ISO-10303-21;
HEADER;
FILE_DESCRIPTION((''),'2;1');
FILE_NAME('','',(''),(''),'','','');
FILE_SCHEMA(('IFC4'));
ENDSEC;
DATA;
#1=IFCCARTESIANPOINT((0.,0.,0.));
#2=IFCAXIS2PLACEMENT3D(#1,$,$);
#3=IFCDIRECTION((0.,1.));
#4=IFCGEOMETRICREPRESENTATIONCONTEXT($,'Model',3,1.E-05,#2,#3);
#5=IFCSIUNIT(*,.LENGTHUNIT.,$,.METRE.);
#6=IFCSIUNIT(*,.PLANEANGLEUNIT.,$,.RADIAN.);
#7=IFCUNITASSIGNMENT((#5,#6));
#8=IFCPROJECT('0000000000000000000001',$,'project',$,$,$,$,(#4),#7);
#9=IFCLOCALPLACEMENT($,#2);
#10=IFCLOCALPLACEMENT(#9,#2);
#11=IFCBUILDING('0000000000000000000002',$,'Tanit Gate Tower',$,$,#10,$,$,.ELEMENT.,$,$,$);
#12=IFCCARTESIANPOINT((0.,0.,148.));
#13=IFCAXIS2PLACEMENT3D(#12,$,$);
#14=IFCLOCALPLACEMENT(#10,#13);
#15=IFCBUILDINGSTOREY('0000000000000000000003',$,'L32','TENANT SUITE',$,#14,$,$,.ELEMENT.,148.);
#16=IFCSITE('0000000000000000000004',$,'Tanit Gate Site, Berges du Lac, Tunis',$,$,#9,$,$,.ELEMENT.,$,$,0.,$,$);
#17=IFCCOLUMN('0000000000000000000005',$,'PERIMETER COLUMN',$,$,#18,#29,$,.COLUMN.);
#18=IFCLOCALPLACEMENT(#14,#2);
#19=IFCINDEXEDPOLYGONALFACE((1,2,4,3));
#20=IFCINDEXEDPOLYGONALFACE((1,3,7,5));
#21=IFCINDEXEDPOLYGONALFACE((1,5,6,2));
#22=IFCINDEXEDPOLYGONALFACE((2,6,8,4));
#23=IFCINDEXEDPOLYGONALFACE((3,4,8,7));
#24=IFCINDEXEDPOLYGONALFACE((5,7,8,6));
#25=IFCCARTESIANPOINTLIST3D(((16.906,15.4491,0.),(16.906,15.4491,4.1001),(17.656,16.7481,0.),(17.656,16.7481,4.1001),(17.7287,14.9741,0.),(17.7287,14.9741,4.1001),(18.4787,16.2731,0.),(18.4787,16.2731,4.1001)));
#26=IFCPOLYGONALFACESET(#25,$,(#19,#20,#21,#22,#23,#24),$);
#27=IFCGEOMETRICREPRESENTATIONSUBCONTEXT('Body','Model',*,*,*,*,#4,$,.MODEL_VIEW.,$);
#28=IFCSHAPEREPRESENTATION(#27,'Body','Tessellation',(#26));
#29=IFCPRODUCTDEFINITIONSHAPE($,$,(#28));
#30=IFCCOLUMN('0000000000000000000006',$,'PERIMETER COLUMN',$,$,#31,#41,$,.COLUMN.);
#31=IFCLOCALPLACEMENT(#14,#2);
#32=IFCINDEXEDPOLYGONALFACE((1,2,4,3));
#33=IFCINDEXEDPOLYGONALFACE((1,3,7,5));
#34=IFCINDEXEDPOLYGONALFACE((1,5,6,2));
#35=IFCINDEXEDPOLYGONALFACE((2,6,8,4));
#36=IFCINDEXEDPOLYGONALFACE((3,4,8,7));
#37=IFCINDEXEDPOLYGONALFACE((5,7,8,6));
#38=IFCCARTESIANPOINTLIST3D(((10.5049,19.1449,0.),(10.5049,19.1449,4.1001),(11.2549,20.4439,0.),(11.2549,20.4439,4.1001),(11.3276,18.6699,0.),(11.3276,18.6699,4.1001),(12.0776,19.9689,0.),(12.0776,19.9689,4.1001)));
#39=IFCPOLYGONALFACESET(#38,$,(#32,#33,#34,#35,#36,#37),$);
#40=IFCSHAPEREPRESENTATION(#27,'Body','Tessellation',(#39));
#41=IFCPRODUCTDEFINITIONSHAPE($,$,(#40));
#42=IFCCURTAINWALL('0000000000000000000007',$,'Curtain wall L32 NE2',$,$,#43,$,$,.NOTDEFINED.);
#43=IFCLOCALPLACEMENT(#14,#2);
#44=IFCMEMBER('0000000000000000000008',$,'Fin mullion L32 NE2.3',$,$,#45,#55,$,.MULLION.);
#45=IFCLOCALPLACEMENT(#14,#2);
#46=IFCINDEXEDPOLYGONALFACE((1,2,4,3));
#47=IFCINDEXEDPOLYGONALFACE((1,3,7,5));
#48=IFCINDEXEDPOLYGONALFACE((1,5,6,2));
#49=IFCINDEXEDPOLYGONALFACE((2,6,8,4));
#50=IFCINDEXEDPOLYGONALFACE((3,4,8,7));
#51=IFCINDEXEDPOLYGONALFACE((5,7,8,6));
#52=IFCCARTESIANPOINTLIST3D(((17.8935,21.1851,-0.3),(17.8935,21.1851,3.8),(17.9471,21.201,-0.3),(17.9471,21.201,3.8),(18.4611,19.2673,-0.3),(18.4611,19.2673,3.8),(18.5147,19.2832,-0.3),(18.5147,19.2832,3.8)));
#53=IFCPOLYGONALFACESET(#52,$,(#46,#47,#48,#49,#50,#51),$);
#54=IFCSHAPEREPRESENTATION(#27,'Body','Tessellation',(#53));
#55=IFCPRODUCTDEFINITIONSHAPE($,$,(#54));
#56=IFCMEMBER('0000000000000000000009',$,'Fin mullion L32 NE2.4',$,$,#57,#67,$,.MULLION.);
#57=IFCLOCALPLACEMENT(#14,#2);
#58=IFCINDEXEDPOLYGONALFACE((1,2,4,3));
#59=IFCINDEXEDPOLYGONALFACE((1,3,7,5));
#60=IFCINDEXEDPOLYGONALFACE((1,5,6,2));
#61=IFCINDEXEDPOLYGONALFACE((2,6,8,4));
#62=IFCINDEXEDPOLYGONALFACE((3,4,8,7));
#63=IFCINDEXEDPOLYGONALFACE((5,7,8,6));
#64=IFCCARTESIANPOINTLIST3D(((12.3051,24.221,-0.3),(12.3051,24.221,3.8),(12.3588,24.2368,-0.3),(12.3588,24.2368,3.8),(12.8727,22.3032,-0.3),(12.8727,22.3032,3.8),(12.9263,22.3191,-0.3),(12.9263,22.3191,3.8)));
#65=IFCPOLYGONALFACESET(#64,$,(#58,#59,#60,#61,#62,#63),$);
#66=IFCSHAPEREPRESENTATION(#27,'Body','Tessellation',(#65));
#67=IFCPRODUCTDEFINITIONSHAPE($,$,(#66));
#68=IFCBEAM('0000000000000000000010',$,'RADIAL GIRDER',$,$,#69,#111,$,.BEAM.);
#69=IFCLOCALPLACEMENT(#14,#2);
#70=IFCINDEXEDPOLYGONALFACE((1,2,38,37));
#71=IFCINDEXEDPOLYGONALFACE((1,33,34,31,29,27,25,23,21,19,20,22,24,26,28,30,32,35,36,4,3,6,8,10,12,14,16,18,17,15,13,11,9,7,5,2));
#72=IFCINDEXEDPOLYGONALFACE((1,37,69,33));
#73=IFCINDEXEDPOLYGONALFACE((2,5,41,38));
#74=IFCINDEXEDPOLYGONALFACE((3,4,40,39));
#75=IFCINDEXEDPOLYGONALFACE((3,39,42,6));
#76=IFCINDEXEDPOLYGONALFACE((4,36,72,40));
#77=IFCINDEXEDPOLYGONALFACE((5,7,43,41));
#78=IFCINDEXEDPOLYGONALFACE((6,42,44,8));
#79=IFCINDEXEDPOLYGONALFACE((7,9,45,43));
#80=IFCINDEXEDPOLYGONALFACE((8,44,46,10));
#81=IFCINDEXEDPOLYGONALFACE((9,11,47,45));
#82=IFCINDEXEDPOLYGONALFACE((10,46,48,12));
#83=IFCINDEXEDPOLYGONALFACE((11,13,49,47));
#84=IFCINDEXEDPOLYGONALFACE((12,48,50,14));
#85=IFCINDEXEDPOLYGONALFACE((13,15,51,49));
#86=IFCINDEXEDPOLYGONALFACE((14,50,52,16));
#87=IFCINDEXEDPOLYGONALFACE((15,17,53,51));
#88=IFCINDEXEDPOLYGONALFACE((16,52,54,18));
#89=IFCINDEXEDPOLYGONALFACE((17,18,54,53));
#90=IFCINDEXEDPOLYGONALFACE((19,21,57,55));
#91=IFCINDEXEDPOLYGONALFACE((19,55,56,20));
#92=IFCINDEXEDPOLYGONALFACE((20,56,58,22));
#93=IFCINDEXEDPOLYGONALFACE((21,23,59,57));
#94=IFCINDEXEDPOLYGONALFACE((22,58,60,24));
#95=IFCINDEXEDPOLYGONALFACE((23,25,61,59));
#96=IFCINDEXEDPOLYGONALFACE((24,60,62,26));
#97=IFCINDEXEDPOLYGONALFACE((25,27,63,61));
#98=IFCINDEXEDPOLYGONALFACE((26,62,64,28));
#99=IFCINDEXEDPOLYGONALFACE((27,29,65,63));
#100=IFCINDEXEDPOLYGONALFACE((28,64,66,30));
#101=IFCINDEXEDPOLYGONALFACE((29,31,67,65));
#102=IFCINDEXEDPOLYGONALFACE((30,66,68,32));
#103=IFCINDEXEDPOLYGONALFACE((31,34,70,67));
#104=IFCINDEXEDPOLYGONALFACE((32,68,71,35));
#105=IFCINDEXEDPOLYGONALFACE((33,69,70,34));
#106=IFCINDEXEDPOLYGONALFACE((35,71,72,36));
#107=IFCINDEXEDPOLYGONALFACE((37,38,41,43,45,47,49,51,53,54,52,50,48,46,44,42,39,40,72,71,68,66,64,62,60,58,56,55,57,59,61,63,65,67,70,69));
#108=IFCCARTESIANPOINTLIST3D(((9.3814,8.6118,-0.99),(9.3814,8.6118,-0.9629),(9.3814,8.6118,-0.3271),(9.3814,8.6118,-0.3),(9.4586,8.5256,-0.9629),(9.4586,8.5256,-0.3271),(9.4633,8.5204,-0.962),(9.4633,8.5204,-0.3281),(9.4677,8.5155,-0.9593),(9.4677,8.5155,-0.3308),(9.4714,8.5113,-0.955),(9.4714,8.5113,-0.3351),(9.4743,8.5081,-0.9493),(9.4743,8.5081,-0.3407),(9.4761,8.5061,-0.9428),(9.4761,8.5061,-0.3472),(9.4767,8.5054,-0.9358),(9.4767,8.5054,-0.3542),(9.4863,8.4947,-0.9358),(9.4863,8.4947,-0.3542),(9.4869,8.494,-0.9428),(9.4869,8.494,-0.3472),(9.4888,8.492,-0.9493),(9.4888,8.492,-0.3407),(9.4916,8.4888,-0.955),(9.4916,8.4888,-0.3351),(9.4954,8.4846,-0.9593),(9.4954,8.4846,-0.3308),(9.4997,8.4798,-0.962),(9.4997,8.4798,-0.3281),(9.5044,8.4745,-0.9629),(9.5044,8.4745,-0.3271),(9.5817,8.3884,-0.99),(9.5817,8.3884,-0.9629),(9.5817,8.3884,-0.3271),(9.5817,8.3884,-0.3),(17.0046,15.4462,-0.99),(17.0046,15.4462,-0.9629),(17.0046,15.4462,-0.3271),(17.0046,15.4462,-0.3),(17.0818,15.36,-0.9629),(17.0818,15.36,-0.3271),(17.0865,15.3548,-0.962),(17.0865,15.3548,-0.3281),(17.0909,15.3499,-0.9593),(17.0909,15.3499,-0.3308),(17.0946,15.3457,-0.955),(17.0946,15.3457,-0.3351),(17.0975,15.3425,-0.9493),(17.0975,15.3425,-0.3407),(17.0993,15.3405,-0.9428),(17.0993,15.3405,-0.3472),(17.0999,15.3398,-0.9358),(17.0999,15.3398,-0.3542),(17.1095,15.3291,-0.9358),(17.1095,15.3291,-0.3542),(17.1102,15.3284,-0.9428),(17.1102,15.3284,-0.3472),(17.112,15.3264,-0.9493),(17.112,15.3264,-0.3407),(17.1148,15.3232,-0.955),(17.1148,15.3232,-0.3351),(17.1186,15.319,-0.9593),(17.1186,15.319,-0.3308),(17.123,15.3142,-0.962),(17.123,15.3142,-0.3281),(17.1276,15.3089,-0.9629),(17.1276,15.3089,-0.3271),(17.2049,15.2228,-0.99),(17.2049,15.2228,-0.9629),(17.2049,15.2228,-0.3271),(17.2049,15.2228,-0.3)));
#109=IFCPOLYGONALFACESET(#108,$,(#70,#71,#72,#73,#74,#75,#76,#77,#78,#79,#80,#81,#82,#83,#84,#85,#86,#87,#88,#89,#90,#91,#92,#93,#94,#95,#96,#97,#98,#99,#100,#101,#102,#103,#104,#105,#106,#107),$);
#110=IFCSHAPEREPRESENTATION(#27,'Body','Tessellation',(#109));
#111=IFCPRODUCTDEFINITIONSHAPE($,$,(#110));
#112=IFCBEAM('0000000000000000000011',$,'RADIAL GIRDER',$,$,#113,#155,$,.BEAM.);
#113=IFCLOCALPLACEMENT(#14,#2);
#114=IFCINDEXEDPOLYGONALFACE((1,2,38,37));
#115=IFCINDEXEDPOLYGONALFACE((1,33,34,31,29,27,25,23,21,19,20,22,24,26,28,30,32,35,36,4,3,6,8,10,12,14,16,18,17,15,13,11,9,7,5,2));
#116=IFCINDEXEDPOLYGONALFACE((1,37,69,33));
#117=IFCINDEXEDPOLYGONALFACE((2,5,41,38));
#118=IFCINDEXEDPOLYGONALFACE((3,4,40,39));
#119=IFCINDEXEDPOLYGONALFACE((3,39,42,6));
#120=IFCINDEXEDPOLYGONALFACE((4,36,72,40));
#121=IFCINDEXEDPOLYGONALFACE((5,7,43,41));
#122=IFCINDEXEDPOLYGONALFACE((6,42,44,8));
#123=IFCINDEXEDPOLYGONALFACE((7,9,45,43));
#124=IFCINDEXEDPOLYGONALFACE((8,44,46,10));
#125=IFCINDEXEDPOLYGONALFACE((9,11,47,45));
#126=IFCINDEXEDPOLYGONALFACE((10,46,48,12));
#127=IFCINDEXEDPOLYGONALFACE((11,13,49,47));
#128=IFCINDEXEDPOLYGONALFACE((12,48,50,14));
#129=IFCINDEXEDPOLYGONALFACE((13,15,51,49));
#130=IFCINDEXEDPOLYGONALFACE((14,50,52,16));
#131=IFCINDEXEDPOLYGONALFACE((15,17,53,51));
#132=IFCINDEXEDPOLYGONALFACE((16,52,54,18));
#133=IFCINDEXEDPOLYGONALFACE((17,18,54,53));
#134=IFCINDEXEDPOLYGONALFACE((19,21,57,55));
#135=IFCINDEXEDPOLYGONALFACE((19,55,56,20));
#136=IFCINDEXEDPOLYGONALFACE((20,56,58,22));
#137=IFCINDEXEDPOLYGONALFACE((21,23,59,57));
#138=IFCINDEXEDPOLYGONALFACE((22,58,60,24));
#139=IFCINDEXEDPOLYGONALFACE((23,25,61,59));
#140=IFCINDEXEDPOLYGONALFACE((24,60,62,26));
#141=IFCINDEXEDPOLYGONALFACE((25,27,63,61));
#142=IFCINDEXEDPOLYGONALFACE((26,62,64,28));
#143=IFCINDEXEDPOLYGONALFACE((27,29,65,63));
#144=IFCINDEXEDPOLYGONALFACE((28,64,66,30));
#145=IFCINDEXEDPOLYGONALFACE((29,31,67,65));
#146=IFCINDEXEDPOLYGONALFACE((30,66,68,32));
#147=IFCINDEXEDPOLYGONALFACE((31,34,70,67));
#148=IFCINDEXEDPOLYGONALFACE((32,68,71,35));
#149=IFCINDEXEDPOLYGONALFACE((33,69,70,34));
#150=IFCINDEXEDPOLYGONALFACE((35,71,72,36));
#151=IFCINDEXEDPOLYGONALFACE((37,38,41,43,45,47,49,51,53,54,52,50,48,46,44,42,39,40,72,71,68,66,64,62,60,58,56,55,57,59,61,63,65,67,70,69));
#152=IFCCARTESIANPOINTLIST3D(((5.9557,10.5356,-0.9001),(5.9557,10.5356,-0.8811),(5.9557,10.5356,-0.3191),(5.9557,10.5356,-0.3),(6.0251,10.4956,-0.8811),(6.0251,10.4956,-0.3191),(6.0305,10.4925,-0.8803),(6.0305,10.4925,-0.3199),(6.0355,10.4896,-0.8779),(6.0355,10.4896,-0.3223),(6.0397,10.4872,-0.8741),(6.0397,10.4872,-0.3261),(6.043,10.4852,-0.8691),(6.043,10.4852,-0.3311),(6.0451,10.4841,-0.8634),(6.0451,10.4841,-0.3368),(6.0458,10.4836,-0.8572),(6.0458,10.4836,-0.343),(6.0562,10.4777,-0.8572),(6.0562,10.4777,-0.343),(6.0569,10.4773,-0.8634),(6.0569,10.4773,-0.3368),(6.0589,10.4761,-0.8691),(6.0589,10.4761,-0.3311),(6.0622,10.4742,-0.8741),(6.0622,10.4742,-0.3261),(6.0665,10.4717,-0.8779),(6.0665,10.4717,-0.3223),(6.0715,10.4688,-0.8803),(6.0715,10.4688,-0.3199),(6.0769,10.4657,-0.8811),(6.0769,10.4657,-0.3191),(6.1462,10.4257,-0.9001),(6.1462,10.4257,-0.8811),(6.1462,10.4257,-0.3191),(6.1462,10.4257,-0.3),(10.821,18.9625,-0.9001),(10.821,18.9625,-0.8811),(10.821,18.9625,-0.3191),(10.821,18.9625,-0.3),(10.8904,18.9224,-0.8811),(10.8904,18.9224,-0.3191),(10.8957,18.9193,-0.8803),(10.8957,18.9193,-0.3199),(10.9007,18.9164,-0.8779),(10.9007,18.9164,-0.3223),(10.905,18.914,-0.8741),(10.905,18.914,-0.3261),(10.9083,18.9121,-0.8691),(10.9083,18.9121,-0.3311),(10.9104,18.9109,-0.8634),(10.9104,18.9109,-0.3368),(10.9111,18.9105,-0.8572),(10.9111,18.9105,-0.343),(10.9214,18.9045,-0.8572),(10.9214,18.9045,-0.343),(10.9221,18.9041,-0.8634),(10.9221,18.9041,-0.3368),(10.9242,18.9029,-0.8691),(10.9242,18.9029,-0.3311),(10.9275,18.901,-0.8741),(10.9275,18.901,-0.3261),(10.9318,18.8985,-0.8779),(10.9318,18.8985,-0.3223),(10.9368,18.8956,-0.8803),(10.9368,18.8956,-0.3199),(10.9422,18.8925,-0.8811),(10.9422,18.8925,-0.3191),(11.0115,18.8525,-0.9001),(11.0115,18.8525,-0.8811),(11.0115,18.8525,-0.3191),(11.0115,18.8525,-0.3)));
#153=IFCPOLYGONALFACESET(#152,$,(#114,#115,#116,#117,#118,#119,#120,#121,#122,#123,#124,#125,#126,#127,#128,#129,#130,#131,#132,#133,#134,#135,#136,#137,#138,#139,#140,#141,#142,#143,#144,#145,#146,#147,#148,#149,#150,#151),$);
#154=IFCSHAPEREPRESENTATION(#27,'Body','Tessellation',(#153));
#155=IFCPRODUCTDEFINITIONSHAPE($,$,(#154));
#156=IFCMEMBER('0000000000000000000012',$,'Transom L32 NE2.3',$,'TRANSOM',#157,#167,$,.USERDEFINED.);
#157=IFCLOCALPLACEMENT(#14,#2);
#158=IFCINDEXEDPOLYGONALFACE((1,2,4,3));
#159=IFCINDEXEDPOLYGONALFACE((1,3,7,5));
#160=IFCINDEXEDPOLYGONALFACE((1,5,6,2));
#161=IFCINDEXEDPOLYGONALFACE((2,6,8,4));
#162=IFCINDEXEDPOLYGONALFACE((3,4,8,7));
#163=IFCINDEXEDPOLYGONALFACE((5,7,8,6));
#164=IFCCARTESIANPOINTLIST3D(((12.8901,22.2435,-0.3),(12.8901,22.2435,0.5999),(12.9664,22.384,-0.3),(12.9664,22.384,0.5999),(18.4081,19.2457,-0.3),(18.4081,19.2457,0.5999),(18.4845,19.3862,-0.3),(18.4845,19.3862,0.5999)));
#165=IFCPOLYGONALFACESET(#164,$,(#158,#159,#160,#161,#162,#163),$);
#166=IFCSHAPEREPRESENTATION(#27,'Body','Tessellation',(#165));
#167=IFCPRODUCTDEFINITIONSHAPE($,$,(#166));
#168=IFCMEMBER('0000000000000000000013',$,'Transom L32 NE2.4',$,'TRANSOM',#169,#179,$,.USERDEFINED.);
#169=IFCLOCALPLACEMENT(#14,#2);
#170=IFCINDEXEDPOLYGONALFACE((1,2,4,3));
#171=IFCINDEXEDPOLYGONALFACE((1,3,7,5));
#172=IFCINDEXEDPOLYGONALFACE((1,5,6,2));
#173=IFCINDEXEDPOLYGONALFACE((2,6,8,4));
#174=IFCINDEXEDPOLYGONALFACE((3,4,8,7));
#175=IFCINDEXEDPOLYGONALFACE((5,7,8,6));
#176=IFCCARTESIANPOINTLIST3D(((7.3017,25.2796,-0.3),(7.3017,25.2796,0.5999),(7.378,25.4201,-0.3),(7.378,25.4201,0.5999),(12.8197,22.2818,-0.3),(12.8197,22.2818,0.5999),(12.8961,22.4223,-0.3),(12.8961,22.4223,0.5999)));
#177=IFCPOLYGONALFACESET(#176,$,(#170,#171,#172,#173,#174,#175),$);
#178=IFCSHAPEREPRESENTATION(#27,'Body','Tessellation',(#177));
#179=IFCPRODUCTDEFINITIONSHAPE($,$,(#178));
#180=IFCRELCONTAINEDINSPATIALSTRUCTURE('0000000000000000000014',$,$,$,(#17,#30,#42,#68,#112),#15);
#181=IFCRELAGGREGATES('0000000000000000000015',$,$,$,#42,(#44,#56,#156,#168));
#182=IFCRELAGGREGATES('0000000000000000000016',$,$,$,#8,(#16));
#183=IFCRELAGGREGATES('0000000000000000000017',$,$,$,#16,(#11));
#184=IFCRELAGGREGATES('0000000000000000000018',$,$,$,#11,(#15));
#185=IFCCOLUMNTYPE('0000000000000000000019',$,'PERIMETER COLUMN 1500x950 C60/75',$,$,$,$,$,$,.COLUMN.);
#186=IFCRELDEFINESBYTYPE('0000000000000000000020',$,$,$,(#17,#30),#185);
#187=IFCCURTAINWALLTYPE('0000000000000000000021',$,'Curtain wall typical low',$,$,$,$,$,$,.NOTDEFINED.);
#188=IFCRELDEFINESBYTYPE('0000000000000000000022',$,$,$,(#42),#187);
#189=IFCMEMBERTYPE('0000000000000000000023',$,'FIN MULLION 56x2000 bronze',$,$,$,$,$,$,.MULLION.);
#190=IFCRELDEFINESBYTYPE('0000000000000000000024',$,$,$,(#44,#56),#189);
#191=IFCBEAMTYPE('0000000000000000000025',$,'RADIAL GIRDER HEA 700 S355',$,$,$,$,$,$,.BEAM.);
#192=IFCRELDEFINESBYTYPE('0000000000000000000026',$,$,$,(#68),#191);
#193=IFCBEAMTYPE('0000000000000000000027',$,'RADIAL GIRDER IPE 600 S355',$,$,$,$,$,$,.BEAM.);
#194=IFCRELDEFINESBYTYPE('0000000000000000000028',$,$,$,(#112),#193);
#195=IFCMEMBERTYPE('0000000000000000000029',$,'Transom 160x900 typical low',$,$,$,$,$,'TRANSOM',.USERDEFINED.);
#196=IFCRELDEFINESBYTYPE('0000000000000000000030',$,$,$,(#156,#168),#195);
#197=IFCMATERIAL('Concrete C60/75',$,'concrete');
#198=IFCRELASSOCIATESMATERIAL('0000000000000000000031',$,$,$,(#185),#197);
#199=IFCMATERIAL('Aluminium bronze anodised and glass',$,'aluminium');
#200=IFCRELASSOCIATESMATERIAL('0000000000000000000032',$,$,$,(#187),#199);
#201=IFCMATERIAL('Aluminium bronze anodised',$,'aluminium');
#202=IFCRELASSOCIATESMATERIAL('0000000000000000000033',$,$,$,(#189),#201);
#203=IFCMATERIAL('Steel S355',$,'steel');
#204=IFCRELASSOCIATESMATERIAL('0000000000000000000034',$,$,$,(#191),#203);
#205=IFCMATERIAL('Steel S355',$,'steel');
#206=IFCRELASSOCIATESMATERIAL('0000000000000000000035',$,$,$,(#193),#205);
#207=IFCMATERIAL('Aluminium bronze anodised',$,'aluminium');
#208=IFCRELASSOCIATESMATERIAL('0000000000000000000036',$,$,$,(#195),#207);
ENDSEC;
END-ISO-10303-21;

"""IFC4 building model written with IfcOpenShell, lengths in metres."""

from ifc_helpers import new_model, si_unit, direction, frame, origin, origin_2d, place, context, subcontext, project, spatial, rectangle, i_section, extrude, material, material_profile, profile_set, type_object, element, aggregate, save


model = new_model("IFC4")

# Units and contexts
model_context = context("Model", 3, precision=1e-05, world=origin(), true_north=direction((0.0, 1.0)))
body_context = subcontext(model_context, "Body", "Model", "MODEL_VIEW")
ifc_project = project(units=[si_unit("LENGTHUNIT", "METRE"), si_unit("PLANEANGLEUNIT", "RADIAN")], contexts=[model_context])

# Site, building, storey
site_placement = place(None, origin())
site = spatial("IfcSite", under=ifc_project, at=site_placement, Name="Tanit Gate Site, Berges du Lac, Tunis", CompositionType="ELEMENT", RefElevation=0.0)
building_placement = place(site_placement, origin())
building = spatial("IfcBuilding", under=site, at=building_placement, Name="Tanit Gate Tower", CompositionType="ELEMENT")
storey_placement = place(building_placement, frame((0.0, 0.0, 148.0)))
storey = spatial("IfcBuildingStorey", under=building, at=storey_placement, Name="L32", Description="TENANT SUITE", CompositionType="ELEMENT", Elevation=148.0)

# Columns
ifc_material_1 = material(Name="Concrete C60/75", Category="concrete")
ifc_material_profile_1 = material_profile(ifc_material_1, rectangle(XDim=1.5, YDim=0.95, at=origin_2d()), Name="RC 1500x950")
ifc_profile_set_1 = profile_set([ifc_material_profile_1], Name="Concrete C60/75")
column_type = type_object("IfcColumnType", Name="PERIMETER COLUMN 1500x950 C60/75", PredefinedType="COLUMN", material=ifc_profile_set_1)
for number, where, z_axis, x_axis, name in (
    (1, (17.6924, 15.8611, 0.0), (0.0, 0.0, 1.0), (0.5, 0.866025, 0.0), "PERIMETER COLUMN"),
    (2, (11.2913, 19.5569, 0.0), (0.0, 0.0, 1.0), (0.5, 0.866025, 0.0), "PERIMETER COLUMN"),
):
    element("IfcColumn", number, at=place(storey_placement, frame(where, z_axis=z_axis, x_axis=x_axis)), inside=storey, type_object=column_type, Name=name, PredefinedType="COLUMN", context=body_context, shape_type="SweptSolid", body=[
        extrude(rectangle(XDim=1.5, YDim=0.95, at=origin_2d()), origin(), (0.0, 0.0, 1.0), 4.1001),
    ])

# Curtain wall, members
ifc_material_2 = material(Name="Aluminium bronze anodised and glass", Category="aluminium")
curtain_wall_type = type_object("IfcCurtainWallType", Name="Curtain wall typical low", PredefinedType="NOTDEFINED", material=ifc_material_2)
curtain_wall_placement = place(storey_placement, origin())
curtain_wall = element("IfcCurtainWall", 3, at=curtain_wall_placement, inside=storey, type_object=curtain_wall_type, Name="Curtain wall L32 NE2", PredefinedType="NOTDEFINED")
ifc_material_3 = material(Name="Aluminium bronze anodised", Category="aluminium")
ifc_material_profile_2 = material_profile(ifc_material_3, rectangle(XDim=2.0, YDim=0.0559, at=origin_2d()), Name="56x2000 bronze fin mullion")
ifc_profile_set_2 = profile_set([ifc_material_profile_2], Name="Aluminium bronze anodised")
member_type_1 = type_object("IfcMemberType", Name="FIN MULLION 56x2000 bronze", PredefinedType="MULLION", material=ifc_profile_set_2)
member_1_placement = place(storey_placement, frame((18.2041, 20.2341, -0.3), z_axis=(0.0, 0.0, 1.0), x_axis=(0.283773, -0.958892, 0.0)))
member_1 = element("IfcMember", 4, at=member_1_placement, type_object=member_type_1, Name="Fin mullion L32 NE2.3", PredefinedType="MULLION", context=body_context, shape_type="SweptSolid", body=[
    extrude(rectangle(XDim=2.0, YDim=0.0559, at=origin_2d()), origin(), (0.0, 0.0, 1.0), 4.1001),
])
member_2_placement = place(storey_placement, frame((12.6157, 23.27, -0.3), z_axis=(0.0, 0.0, 1.0), x_axis=(0.283773, -0.958892, 0.0)))
member_2 = element("IfcMember", 5, at=member_2_placement, type_object=member_type_1, Name="Fin mullion L32 NE2.4", PredefinedType="MULLION", context=body_context, shape_type="SweptSolid", body=[
    extrude(rectangle(XDim=2.0, YDim=0.0559, at=origin_2d()), origin(), (0.0, 0.0, 1.0), 4.1001),
])

# Beams
ifc_material_4 = material(Name="Steel S355", Category="steel")
ifc_material_profile_3 = material_profile(ifc_material_4, i_section(OverallWidth=0.3, OverallDepth=0.6899, WebThickness=0.0144, FlangeThickness=0.0271, FilletRadius=0.0271, at=origin_2d()), Name="HEA 700")
ifc_profile_set_3 = profile_set([ifc_material_profile_3], Name="Steel S355")
beam_type_1 = type_object("IfcBeamType", Name="RADIAL GIRDER HEA 700 S355", PredefinedType="BEAM", material=ifc_profile_set_3)
beam_1_placement = place(storey_placement, frame((17.1047, 15.3345, -0.645), z_axis=(-0.744579, -0.667534, 0.0), x_axis=(0.667534, -0.744579, 0.0)))
element("IfcBeam", 6, at=beam_1_placement, inside=storey, type_object=beam_type_1, Name="RADIAL GIRDER", PredefinedType="BEAM", context=body_context, shape_type="SweptSolid", body=[
    extrude(i_section(OverallWidth=0.3, OverallDepth=0.6899, WebThickness=0.0144, FlangeThickness=0.0271, FilletRadius=0.0271, at=origin_2d()), origin(), (0.0, 0.0, 1.0), 10.2383),
])
ifc_material_5 = material(Name="Steel S355", Category="steel")
ifc_material_profile_4 = material_profile(ifc_material_5, i_section(OverallWidth=0.22, OverallDepth=0.6001, WebThickness=0.012, FlangeThickness=0.019, FilletRadius=0.0239, at=origin_2d()), Name="IPE 600")
ifc_profile_set_4 = profile_set([ifc_material_profile_4], Name="Steel S355")
beam_type_2 = type_object("IfcBeamType", Name="RADIAL GIRDER IPE 600 S355", PredefinedType="BEAM", material=ifc_profile_set_4)
beam_2_placement = place(storey_placement, frame((10.9163, 18.9075, -0.6001), z_axis=(-0.500003, -0.866023, 0.0), x_axis=(0.866023, -0.500003, 0.0)))
element("IfcBeam", 7, at=beam_2_placement, inside=storey, type_object=beam_type_2, Name="RADIAL GIRDER", PredefinedType="BEAM", context=body_context, shape_type="SweptSolid", body=[
    extrude(i_section(OverallWidth=0.22, OverallDepth=0.6001, WebThickness=0.012, FlangeThickness=0.019, FilletRadius=0.0239, at=origin_2d()), origin(), (0.0, 0.0, 1.0), 9.7305),
])

# Members
ifc_material_6 = material(Name="Aluminium bronze anodised", Category="aluminium")
ifc_material_profile_5 = material_profile(ifc_material_6, rectangle(XDim=0.1599, YDim=0.8999, at=origin_2d()), Name="160x900 bronze transom")
ifc_profile_set_5 = profile_set([ifc_material_profile_5], Name="Aluminium bronze anodised")
member_type_2 = type_object("IfcMemberType", Name="Transom 160x900 typical low", ElementType="TRANSOM", PredefinedType="USERDEFINED", material=ifc_profile_set_5)
member_3_placement = place(storey_placement, frame((18.4463, 19.3159, 0.1499), z_axis=(-0.878701, 0.477372, 0.0), x_axis=(-0.477372, -0.878701, 0.0)))
member_3 = element("IfcMember", 8, at=member_3_placement, type_object=member_type_2, Name="Transom L32 NE2.3", ObjectType="TRANSOM", PredefinedType="USERDEFINED", context=body_context, shape_type="SweptSolid", body=[
    extrude(rectangle(XDim=0.1599, YDim=0.8999, at=origin_2d()), origin(), (0.0, 0.0, 1.0), 6.2798),
])
member_4_placement = place(storey_placement, frame((12.8579, 22.3521, 0.1499), z_axis=(-0.878701, 0.477372, 0.0), x_axis=(-0.477372, -0.878701, 0.0)))
member_4 = element("IfcMember", 9, at=member_4_placement, type_object=member_type_2, Name="Transom L32 NE2.4", ObjectType="TRANSOM", PredefinedType="USERDEFINED", context=body_context, shape_type="SweptSolid", body=[
    extrude(rectangle(XDim=0.1599, YDim=0.8999, at=origin_2d()), origin(), (0.0, 0.0, 1.0), 6.2798),
])

aggregate(curtain_wall, [member_1, member_2, member_3, member_4])

save(model, "model.ifc")
